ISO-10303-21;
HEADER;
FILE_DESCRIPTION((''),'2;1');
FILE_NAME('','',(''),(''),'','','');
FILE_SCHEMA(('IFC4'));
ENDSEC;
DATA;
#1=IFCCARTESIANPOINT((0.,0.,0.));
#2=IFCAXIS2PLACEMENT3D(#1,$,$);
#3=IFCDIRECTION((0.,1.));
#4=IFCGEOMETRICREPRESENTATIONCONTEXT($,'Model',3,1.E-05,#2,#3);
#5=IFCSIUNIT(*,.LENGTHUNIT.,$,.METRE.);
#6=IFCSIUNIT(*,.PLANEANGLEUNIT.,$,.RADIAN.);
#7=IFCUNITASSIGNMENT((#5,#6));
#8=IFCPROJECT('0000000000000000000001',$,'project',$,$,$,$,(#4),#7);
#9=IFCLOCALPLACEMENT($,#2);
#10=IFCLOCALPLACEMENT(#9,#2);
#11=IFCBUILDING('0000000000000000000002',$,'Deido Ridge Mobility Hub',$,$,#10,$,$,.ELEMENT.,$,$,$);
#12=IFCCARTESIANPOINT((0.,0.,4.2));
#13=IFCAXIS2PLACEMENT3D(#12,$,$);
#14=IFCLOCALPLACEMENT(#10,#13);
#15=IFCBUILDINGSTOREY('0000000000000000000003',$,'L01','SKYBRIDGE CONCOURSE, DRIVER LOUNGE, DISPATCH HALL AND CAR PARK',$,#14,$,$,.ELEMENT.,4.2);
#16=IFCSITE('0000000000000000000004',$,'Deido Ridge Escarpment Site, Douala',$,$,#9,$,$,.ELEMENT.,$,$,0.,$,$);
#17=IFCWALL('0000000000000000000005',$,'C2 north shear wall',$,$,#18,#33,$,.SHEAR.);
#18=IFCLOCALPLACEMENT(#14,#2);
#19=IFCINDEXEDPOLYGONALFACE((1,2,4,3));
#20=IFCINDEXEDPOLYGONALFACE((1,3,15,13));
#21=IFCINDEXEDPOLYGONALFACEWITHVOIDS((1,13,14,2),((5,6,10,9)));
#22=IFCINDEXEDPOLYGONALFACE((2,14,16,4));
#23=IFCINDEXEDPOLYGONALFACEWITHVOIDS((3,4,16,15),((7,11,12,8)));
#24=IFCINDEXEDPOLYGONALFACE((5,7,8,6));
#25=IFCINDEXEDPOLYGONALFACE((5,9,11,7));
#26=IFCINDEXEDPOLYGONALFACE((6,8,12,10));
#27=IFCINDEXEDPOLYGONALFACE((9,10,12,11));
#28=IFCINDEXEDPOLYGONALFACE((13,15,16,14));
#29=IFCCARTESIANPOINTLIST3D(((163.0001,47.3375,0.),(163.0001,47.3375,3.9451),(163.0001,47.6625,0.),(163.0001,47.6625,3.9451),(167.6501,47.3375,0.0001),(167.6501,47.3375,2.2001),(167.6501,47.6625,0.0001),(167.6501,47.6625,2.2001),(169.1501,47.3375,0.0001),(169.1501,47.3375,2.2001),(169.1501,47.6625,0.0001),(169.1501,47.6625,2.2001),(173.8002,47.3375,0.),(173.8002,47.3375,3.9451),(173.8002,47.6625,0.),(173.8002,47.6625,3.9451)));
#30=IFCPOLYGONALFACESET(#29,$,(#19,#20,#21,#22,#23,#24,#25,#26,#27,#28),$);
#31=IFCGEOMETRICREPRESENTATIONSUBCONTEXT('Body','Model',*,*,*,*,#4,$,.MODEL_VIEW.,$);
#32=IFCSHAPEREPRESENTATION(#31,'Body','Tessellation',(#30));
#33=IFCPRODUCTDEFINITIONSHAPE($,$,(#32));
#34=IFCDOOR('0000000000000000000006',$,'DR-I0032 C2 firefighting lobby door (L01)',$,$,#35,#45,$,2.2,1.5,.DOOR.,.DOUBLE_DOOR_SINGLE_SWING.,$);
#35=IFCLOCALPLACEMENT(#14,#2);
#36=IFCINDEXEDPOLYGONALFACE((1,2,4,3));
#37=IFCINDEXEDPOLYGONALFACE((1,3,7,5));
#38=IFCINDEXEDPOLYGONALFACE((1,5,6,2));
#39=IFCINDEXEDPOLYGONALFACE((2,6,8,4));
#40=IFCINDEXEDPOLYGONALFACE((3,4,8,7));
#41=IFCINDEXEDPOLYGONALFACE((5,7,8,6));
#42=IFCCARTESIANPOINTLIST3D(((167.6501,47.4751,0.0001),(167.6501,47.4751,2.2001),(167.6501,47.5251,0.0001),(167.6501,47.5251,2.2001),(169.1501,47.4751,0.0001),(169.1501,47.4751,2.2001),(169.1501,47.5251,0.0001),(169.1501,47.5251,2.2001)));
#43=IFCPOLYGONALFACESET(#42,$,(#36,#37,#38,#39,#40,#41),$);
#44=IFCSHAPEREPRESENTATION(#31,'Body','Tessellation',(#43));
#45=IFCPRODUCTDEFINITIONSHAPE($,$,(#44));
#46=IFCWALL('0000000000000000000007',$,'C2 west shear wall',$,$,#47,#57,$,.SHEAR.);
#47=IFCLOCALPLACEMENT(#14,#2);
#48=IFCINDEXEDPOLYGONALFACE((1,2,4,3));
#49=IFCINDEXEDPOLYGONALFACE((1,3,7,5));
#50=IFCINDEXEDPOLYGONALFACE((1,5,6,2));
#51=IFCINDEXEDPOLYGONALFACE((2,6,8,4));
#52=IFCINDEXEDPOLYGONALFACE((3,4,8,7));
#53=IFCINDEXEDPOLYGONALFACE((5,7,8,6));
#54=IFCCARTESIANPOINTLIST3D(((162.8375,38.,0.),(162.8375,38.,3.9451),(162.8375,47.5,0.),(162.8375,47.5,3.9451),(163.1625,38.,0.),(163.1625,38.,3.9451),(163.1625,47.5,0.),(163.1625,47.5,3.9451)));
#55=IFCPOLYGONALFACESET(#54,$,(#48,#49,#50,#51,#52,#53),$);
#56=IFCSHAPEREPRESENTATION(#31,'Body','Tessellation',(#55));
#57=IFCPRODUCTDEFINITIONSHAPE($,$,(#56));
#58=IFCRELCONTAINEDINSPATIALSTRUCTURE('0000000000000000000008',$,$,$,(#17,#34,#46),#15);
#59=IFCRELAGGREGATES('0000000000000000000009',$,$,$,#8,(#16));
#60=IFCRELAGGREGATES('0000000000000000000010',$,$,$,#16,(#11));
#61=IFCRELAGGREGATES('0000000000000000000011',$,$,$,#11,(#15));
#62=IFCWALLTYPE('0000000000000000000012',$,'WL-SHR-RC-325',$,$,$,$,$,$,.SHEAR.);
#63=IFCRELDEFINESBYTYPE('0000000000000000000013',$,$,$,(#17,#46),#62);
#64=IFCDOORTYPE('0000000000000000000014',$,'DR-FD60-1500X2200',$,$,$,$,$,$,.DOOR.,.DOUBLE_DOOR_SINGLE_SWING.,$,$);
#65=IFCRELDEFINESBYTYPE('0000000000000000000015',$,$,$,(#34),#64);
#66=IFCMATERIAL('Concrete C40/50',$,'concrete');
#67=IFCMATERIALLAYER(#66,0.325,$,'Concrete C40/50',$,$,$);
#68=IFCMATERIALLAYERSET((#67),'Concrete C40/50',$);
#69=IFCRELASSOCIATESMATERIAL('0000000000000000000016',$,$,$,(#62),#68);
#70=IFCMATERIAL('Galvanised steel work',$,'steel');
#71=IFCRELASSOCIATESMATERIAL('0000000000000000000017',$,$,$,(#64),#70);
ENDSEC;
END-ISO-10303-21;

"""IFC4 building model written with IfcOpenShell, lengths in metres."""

from ifc_helpers import new_model, si_unit, direction, frame, frame_2d, origin, place, context, subcontext, project, spatial, rectangle, extrude, material, layer, layer_set, type_object, element, fill, save


model = new_model("IFC4")

# Units and contexts
model_context = context("Model", 3, precision=1e-05, world=origin(), true_north=direction((0.0, 1.0)))
body_context = subcontext(model_context, "Body", "Model", "MODEL_VIEW")
ifc_project = project(units=[si_unit("LENGTHUNIT", "METRE"), si_unit("PLANEANGLEUNIT", "RADIAN")], contexts=[model_context])

# Site, building, storey
site_placement = place(None, origin())
site = spatial("IfcSite", under=ifc_project, at=site_placement, Name="Deido Ridge Escarpment Site, Douala", CompositionType="ELEMENT", RefElevation=0.0)
building_placement = place(site_placement, origin())
building = spatial("IfcBuilding", under=site, at=building_placement, Name="Deido Ridge Mobility Hub", CompositionType="ELEMENT")
storey_placement = place(building_placement, frame((0.0, 0.0, 4.2)))
storey = spatial("IfcBuildingStorey", under=building, at=storey_placement, Name="L01", Description="SKYBRIDGE CONCOURSE, DRIVER LOUNGE, DISPATCH HALL AND CAR PARK", CompositionType="ELEMENT", Elevation=4.2)

# Shared definitions
ifc_material_1 = material(Name="Concrete C40/50", Category="concrete")

# Wall, opening, door
ifc_layer_1 = layer(ifc_material_1, 0.325, Name="Concrete C40/50")
ifc_layer_set_1 = layer_set([ifc_layer_1], Name="Concrete C40/50")
wall_type = type_object("IfcWallType", Name="WL-SHR-RC-325", PredefinedType="SHEAR", material=ifc_layer_set_1)
wall_1_placement = place(storey_placement, frame((173.8, 47.5, 0.0), z_axis=(0.0, 0.0, 1.0), x_axis=(-1.0, 0.0, 0.0)))
wall_1 = element("IfcWall", 1, at=wall_1_placement, inside=storey, type_object=wall_type, Name="C2 north shear wall", PredefinedType="SHEAR", context=body_context, shape_type="SweptSolid", body=[
    extrude(rectangle(XDim=10.8, YDim=0.325, at=frame_2d((5.3999, 0.0))), origin(), (0.0, 0.0, 1.0), 3.9451),
])
opening_placement = place(wall_1_placement, frame((4.6499, 0.0, 0.0)))
opening = element("IfcOpeningElement", 2, at=opening_placement, cuts=wall_1, PredefinedType="OPENING", context=body_context, shape_type="SweptSolid", body=[
    extrude(rectangle(XDim=1.5, YDim=2.2, at=frame_2d((0.75, 1.1001))), frame((0.0, 0.1724, 0.0), z_axis=(0.0, -1.0, 0.0), x_axis=(1.0, 0.0, 0.0)), (0.0, 0.0, 1.0), 0.345),
])
ifc_material_2 = material(Name="Galvanised steel work", Category="steel")
door_type = type_object("IfcDoorType", Name="DR-FD60-1500X2200", OperationType="DOUBLE_DOOR_SINGLE_SWING", PredefinedType="DOOR", material=ifc_material_2)
door_placement = place(opening_placement, origin())
door = element("IfcDoor", 3, at=door_placement, inside=storey, type_object=door_type, Name="DR-I0032 C2 firefighting lobby door (L01)", OperationType="DOUBLE_DOOR_SINGLE_SWING", OverallHeight=2.2, OverallWidth=1.5, PredefinedType="DOOR", context=body_context, shape_type="SweptSolid", body=[
    extrude(rectangle(XDim=1.5, YDim=2.2, at=frame_2d((0.75, 1.1001))), frame((0.0, 0.0249, 0.0), z_axis=(0.0, -1.0, 0.0), x_axis=(1.0, 0.0, 0.0)), (0.0, 0.0, 1.0), 0.05),
])
fill(opening, door)

# Wall
wall_2_placement = place(storey_placement, frame((163.0, 47.5, 0.0), z_axis=(0.0, 0.0, 1.0), x_axis=(0.0, -1.0, 0.0)))
element("IfcWall", 4, at=wall_2_placement, inside=storey, type_object=wall_type, Name="C2 west shear wall", PredefinedType="SHEAR", context=body_context, shape_type="SweptSolid", body=[
    extrude(rectangle(XDim=9.5, YDim=0.325, at=frame_2d((4.75, 0.0))), origin(), (0.0, 0.0, 1.0), 3.9451),
])

save(model, "model.ifc")
